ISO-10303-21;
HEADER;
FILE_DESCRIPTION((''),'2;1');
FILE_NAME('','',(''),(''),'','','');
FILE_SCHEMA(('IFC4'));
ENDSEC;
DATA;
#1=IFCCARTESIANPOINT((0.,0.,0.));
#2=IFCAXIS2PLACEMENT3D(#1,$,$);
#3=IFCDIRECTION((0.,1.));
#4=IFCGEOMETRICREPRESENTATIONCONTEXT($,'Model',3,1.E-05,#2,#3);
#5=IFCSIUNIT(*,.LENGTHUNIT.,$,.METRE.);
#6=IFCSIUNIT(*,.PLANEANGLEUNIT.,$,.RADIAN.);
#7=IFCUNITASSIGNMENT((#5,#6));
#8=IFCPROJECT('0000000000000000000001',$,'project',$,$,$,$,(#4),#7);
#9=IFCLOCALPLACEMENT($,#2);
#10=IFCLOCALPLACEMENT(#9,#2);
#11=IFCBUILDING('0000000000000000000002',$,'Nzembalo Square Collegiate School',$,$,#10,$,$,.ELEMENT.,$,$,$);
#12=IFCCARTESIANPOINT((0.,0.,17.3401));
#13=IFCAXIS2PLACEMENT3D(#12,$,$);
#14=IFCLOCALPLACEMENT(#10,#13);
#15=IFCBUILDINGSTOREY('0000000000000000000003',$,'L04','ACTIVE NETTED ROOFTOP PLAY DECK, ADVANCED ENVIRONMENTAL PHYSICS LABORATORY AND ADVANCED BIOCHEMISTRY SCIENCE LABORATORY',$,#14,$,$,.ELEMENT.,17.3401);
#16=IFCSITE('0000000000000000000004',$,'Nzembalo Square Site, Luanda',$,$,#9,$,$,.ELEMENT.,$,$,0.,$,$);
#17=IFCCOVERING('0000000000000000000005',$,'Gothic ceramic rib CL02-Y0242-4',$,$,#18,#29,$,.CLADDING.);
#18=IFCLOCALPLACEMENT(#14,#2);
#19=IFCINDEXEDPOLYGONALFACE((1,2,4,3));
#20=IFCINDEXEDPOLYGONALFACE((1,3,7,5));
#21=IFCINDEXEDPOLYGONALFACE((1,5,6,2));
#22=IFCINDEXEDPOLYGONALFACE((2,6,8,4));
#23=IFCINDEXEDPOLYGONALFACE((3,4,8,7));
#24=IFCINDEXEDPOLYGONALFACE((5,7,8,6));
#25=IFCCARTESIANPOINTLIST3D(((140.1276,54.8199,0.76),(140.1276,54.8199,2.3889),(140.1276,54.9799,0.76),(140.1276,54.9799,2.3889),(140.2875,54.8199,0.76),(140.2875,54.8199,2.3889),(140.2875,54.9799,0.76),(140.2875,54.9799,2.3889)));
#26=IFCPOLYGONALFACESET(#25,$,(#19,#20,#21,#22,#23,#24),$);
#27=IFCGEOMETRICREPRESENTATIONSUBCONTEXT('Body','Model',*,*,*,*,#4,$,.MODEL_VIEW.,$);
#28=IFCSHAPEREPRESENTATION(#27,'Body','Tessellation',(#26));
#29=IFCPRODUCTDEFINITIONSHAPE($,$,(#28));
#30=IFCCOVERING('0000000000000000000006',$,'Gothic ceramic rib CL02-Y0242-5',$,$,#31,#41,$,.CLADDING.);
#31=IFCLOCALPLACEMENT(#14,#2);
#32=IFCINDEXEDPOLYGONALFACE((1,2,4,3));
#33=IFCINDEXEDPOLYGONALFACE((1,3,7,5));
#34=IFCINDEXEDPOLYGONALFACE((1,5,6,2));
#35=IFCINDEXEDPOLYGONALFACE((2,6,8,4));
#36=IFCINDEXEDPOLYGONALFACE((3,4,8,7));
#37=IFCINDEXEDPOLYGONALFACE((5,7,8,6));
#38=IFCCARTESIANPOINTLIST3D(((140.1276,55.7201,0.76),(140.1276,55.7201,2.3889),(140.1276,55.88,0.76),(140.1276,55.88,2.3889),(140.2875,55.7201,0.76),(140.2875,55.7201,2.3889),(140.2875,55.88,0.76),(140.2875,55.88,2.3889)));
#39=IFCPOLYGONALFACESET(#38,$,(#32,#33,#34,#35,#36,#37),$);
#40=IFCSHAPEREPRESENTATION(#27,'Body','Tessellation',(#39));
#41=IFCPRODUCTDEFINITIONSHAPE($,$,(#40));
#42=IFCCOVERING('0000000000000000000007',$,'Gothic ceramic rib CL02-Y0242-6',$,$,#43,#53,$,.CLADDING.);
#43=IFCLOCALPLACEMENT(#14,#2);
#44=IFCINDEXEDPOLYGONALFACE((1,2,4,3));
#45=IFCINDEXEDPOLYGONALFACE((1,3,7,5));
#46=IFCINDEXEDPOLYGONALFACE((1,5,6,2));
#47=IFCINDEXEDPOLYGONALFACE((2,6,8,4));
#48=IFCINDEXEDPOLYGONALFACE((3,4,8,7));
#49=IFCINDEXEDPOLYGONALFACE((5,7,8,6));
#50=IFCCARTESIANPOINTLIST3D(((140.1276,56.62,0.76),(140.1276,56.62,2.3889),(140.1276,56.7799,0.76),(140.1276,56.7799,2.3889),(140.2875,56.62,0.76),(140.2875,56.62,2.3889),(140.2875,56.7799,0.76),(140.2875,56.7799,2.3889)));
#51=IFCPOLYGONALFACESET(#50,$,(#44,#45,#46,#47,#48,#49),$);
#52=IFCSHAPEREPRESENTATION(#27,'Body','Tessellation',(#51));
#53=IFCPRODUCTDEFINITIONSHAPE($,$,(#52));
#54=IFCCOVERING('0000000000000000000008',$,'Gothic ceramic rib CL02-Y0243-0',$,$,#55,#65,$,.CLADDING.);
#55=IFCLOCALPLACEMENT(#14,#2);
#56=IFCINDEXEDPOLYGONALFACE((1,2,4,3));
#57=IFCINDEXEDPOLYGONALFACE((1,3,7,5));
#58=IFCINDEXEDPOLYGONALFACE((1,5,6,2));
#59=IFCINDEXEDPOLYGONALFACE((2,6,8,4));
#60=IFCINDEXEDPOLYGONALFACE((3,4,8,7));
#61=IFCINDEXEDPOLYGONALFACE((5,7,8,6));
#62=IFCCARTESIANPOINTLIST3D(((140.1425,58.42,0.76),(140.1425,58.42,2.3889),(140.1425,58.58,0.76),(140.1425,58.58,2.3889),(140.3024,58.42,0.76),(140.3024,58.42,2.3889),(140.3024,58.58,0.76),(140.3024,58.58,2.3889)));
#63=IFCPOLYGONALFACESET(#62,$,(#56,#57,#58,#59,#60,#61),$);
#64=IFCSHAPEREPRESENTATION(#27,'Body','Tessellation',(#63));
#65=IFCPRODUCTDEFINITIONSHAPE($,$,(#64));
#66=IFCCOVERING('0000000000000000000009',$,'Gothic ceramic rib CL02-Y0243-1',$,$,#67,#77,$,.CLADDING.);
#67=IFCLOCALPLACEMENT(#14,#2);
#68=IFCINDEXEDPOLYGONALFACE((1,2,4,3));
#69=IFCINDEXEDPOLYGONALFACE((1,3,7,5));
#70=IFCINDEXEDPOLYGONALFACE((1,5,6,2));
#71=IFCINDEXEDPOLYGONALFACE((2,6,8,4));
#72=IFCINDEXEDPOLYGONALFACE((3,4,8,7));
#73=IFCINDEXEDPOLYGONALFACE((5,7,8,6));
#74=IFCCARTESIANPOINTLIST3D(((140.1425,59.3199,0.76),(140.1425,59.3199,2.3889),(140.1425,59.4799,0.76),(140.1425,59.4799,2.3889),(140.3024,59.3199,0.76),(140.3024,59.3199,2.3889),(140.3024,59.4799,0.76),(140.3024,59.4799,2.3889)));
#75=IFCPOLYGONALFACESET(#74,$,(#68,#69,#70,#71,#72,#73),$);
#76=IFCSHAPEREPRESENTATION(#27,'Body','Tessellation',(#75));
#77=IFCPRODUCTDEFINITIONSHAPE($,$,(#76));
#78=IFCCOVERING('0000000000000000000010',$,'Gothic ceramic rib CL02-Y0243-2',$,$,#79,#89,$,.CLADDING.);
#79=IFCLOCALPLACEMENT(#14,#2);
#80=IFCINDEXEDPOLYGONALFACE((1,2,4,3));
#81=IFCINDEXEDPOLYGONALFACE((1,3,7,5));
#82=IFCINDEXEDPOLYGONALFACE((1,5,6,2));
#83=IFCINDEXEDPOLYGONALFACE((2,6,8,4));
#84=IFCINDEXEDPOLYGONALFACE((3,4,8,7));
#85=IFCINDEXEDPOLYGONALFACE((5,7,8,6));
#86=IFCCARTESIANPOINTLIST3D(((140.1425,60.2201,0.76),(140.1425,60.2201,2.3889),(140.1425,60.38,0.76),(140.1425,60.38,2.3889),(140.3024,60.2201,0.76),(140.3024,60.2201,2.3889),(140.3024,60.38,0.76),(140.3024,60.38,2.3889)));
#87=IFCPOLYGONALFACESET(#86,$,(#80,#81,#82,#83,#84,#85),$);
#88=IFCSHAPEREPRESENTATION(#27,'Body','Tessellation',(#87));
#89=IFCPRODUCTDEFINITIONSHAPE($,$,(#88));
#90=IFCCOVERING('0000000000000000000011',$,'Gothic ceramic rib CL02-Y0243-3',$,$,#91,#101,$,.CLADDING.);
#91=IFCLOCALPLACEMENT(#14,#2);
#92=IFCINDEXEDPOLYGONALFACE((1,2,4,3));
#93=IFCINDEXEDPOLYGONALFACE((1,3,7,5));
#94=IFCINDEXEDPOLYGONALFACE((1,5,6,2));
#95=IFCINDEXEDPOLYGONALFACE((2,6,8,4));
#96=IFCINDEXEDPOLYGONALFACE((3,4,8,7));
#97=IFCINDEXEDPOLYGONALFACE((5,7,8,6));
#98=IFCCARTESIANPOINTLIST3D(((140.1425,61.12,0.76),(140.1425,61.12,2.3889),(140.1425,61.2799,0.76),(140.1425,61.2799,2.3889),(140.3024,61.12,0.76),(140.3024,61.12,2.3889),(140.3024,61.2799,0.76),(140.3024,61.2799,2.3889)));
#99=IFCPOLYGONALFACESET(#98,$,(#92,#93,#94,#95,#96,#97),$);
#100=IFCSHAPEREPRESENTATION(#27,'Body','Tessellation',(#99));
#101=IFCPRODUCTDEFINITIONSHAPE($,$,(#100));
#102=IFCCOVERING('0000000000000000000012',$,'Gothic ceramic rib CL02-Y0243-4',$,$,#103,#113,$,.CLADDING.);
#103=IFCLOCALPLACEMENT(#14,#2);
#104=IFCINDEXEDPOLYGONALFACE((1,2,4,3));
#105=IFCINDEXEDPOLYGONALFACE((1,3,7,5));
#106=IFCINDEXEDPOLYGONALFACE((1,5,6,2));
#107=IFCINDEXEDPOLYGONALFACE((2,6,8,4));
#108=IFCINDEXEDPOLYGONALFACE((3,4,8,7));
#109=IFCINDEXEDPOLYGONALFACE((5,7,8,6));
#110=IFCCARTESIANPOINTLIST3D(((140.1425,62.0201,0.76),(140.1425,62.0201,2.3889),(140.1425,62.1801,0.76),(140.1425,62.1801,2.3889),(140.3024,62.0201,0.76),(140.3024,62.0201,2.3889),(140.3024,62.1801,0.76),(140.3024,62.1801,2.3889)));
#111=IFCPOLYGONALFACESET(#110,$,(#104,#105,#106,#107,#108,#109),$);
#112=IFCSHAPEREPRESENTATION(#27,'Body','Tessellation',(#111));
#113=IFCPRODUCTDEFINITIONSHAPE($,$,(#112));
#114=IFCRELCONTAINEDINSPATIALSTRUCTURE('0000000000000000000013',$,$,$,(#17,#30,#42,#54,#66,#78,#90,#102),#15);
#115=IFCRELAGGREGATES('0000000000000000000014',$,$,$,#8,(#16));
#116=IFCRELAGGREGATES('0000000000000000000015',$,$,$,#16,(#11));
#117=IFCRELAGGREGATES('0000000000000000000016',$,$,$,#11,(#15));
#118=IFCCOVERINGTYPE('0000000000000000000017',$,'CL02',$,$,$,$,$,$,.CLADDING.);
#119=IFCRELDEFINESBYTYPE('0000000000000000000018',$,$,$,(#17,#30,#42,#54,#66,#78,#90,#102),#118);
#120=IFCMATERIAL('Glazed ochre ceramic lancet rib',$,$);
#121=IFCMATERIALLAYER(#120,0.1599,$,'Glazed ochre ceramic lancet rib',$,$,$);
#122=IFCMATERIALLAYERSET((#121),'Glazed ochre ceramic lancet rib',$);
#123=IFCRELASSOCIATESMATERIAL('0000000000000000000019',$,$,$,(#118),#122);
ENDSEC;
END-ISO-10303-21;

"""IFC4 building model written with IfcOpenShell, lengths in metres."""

from ifc_helpers import new_model, si_unit, direction, frame, origin, origin_2d, place, context, subcontext, project, spatial, rectangle, extrude, material, layer, layer_set, type_object, element, save


model = new_model("IFC4")

# Units and contexts
model_context = context("Model", 3, precision=1e-05, world=origin(), true_north=direction((0.0, 1.0)))
body_context = subcontext(model_context, "Body", "Model", "MODEL_VIEW")
ifc_project = project(units=[si_unit("LENGTHUNIT", "METRE"), si_unit("PLANEANGLEUNIT", "RADIAN")], contexts=[model_context])

# Site, building, storey
site_placement = place(None, origin())
site = spatial("IfcSite", under=ifc_project, at=site_placement, Name="Nzembalo Square Site, Luanda", CompositionType="ELEMENT", RefElevation=0.0)
building_placement = place(site_placement, origin())
building = spatial("IfcBuilding", under=site, at=building_placement, Name="Nzembalo Square Collegiate School", CompositionType="ELEMENT")
storey_placement = place(building_placement, frame((0.0, 0.0, 17.3401)))
storey = spatial("IfcBuildingStorey", under=building, at=storey_placement, Name="L04", Description="ACTIVE NETTED ROOFTOP PLAY DECK, ADVANCED ENVIRONMENTAL PHYSICS LABORATORY AND ADVANCED BIOCHEMISTRY SCIENCE LABORATORY", CompositionType="ELEMENT", Elevation=17.3401)

# Coverings
ifc_material_1 = material(Name="Glazed ochre ceramic lancet rib")
ifc_layer_1 = layer(ifc_material_1, 0.1599, Name="Glazed ochre ceramic lancet rib")
ifc_layer_set_1 = layer_set([ifc_layer_1], Name="Glazed ochre ceramic lancet rib")
covering_type_1 = type_object("IfcCoveringType", Name="CL02", PredefinedType="CLADDING", material=ifc_layer_set_1)
for number, where, z_axis, x_axis, name in (
    (1, (140.2075, 54.8999, 0.76), (0.0, 0.0, 1.0), (1.0, 0.0, 0.0), "Gothic ceramic rib CL02-Y0242-4"),
    (2, (140.2075, 55.8, 0.76), (0.0, 0.0, 1.0), (1.0, 0.0, 0.0), "Gothic ceramic rib CL02-Y0242-5"),
    (3, (140.2075, 56.7, 0.76), (0.0, 0.0, 1.0), (1.0, 0.0, 0.0), "Gothic ceramic rib CL02-Y0242-6"),
    (4, (140.2224, 58.5, 0.76), (0.0, 0.0, 1.0), (1.0, 0.0, 0.0), "Gothic ceramic rib CL02-Y0243-0"),
    (5, (140.2224, 59.3999, 0.76), (0.0, 0.0, 1.0), (1.0, 0.0, 0.0), "Gothic ceramic rib CL02-Y0243-1"),
    (6, (140.2224, 60.3, 0.76), (0.0, 0.0, 1.0), (1.0, 0.0, 0.0), "Gothic ceramic rib CL02-Y0243-2"),
    (7, (140.2224, 61.2, 0.76), (0.0, 0.0, 1.0), (1.0, 0.0, 0.0), "Gothic ceramic rib CL02-Y0243-3"),
    (8, (140.2224, 62.1001, 0.76), (0.0, 0.0, 1.0), (1.0, 0.0, 0.0), "Gothic ceramic rib CL02-Y0243-4"),
):
    element("IfcCovering", number, at=place(storey_placement, frame(where, z_axis=z_axis, x_axis=x_axis)), inside=storey, type_object=covering_type_1, Name=name, PredefinedType="CLADDING", context=body_context, shape_type="SweptSolid", body=[
        extrude(rectangle(XDim=0.1599, YDim=0.1599, at=origin_2d()), origin(), (0.0, 0.0, 1.0), 1.6289),
    ])

save(model, "model.ifc")
